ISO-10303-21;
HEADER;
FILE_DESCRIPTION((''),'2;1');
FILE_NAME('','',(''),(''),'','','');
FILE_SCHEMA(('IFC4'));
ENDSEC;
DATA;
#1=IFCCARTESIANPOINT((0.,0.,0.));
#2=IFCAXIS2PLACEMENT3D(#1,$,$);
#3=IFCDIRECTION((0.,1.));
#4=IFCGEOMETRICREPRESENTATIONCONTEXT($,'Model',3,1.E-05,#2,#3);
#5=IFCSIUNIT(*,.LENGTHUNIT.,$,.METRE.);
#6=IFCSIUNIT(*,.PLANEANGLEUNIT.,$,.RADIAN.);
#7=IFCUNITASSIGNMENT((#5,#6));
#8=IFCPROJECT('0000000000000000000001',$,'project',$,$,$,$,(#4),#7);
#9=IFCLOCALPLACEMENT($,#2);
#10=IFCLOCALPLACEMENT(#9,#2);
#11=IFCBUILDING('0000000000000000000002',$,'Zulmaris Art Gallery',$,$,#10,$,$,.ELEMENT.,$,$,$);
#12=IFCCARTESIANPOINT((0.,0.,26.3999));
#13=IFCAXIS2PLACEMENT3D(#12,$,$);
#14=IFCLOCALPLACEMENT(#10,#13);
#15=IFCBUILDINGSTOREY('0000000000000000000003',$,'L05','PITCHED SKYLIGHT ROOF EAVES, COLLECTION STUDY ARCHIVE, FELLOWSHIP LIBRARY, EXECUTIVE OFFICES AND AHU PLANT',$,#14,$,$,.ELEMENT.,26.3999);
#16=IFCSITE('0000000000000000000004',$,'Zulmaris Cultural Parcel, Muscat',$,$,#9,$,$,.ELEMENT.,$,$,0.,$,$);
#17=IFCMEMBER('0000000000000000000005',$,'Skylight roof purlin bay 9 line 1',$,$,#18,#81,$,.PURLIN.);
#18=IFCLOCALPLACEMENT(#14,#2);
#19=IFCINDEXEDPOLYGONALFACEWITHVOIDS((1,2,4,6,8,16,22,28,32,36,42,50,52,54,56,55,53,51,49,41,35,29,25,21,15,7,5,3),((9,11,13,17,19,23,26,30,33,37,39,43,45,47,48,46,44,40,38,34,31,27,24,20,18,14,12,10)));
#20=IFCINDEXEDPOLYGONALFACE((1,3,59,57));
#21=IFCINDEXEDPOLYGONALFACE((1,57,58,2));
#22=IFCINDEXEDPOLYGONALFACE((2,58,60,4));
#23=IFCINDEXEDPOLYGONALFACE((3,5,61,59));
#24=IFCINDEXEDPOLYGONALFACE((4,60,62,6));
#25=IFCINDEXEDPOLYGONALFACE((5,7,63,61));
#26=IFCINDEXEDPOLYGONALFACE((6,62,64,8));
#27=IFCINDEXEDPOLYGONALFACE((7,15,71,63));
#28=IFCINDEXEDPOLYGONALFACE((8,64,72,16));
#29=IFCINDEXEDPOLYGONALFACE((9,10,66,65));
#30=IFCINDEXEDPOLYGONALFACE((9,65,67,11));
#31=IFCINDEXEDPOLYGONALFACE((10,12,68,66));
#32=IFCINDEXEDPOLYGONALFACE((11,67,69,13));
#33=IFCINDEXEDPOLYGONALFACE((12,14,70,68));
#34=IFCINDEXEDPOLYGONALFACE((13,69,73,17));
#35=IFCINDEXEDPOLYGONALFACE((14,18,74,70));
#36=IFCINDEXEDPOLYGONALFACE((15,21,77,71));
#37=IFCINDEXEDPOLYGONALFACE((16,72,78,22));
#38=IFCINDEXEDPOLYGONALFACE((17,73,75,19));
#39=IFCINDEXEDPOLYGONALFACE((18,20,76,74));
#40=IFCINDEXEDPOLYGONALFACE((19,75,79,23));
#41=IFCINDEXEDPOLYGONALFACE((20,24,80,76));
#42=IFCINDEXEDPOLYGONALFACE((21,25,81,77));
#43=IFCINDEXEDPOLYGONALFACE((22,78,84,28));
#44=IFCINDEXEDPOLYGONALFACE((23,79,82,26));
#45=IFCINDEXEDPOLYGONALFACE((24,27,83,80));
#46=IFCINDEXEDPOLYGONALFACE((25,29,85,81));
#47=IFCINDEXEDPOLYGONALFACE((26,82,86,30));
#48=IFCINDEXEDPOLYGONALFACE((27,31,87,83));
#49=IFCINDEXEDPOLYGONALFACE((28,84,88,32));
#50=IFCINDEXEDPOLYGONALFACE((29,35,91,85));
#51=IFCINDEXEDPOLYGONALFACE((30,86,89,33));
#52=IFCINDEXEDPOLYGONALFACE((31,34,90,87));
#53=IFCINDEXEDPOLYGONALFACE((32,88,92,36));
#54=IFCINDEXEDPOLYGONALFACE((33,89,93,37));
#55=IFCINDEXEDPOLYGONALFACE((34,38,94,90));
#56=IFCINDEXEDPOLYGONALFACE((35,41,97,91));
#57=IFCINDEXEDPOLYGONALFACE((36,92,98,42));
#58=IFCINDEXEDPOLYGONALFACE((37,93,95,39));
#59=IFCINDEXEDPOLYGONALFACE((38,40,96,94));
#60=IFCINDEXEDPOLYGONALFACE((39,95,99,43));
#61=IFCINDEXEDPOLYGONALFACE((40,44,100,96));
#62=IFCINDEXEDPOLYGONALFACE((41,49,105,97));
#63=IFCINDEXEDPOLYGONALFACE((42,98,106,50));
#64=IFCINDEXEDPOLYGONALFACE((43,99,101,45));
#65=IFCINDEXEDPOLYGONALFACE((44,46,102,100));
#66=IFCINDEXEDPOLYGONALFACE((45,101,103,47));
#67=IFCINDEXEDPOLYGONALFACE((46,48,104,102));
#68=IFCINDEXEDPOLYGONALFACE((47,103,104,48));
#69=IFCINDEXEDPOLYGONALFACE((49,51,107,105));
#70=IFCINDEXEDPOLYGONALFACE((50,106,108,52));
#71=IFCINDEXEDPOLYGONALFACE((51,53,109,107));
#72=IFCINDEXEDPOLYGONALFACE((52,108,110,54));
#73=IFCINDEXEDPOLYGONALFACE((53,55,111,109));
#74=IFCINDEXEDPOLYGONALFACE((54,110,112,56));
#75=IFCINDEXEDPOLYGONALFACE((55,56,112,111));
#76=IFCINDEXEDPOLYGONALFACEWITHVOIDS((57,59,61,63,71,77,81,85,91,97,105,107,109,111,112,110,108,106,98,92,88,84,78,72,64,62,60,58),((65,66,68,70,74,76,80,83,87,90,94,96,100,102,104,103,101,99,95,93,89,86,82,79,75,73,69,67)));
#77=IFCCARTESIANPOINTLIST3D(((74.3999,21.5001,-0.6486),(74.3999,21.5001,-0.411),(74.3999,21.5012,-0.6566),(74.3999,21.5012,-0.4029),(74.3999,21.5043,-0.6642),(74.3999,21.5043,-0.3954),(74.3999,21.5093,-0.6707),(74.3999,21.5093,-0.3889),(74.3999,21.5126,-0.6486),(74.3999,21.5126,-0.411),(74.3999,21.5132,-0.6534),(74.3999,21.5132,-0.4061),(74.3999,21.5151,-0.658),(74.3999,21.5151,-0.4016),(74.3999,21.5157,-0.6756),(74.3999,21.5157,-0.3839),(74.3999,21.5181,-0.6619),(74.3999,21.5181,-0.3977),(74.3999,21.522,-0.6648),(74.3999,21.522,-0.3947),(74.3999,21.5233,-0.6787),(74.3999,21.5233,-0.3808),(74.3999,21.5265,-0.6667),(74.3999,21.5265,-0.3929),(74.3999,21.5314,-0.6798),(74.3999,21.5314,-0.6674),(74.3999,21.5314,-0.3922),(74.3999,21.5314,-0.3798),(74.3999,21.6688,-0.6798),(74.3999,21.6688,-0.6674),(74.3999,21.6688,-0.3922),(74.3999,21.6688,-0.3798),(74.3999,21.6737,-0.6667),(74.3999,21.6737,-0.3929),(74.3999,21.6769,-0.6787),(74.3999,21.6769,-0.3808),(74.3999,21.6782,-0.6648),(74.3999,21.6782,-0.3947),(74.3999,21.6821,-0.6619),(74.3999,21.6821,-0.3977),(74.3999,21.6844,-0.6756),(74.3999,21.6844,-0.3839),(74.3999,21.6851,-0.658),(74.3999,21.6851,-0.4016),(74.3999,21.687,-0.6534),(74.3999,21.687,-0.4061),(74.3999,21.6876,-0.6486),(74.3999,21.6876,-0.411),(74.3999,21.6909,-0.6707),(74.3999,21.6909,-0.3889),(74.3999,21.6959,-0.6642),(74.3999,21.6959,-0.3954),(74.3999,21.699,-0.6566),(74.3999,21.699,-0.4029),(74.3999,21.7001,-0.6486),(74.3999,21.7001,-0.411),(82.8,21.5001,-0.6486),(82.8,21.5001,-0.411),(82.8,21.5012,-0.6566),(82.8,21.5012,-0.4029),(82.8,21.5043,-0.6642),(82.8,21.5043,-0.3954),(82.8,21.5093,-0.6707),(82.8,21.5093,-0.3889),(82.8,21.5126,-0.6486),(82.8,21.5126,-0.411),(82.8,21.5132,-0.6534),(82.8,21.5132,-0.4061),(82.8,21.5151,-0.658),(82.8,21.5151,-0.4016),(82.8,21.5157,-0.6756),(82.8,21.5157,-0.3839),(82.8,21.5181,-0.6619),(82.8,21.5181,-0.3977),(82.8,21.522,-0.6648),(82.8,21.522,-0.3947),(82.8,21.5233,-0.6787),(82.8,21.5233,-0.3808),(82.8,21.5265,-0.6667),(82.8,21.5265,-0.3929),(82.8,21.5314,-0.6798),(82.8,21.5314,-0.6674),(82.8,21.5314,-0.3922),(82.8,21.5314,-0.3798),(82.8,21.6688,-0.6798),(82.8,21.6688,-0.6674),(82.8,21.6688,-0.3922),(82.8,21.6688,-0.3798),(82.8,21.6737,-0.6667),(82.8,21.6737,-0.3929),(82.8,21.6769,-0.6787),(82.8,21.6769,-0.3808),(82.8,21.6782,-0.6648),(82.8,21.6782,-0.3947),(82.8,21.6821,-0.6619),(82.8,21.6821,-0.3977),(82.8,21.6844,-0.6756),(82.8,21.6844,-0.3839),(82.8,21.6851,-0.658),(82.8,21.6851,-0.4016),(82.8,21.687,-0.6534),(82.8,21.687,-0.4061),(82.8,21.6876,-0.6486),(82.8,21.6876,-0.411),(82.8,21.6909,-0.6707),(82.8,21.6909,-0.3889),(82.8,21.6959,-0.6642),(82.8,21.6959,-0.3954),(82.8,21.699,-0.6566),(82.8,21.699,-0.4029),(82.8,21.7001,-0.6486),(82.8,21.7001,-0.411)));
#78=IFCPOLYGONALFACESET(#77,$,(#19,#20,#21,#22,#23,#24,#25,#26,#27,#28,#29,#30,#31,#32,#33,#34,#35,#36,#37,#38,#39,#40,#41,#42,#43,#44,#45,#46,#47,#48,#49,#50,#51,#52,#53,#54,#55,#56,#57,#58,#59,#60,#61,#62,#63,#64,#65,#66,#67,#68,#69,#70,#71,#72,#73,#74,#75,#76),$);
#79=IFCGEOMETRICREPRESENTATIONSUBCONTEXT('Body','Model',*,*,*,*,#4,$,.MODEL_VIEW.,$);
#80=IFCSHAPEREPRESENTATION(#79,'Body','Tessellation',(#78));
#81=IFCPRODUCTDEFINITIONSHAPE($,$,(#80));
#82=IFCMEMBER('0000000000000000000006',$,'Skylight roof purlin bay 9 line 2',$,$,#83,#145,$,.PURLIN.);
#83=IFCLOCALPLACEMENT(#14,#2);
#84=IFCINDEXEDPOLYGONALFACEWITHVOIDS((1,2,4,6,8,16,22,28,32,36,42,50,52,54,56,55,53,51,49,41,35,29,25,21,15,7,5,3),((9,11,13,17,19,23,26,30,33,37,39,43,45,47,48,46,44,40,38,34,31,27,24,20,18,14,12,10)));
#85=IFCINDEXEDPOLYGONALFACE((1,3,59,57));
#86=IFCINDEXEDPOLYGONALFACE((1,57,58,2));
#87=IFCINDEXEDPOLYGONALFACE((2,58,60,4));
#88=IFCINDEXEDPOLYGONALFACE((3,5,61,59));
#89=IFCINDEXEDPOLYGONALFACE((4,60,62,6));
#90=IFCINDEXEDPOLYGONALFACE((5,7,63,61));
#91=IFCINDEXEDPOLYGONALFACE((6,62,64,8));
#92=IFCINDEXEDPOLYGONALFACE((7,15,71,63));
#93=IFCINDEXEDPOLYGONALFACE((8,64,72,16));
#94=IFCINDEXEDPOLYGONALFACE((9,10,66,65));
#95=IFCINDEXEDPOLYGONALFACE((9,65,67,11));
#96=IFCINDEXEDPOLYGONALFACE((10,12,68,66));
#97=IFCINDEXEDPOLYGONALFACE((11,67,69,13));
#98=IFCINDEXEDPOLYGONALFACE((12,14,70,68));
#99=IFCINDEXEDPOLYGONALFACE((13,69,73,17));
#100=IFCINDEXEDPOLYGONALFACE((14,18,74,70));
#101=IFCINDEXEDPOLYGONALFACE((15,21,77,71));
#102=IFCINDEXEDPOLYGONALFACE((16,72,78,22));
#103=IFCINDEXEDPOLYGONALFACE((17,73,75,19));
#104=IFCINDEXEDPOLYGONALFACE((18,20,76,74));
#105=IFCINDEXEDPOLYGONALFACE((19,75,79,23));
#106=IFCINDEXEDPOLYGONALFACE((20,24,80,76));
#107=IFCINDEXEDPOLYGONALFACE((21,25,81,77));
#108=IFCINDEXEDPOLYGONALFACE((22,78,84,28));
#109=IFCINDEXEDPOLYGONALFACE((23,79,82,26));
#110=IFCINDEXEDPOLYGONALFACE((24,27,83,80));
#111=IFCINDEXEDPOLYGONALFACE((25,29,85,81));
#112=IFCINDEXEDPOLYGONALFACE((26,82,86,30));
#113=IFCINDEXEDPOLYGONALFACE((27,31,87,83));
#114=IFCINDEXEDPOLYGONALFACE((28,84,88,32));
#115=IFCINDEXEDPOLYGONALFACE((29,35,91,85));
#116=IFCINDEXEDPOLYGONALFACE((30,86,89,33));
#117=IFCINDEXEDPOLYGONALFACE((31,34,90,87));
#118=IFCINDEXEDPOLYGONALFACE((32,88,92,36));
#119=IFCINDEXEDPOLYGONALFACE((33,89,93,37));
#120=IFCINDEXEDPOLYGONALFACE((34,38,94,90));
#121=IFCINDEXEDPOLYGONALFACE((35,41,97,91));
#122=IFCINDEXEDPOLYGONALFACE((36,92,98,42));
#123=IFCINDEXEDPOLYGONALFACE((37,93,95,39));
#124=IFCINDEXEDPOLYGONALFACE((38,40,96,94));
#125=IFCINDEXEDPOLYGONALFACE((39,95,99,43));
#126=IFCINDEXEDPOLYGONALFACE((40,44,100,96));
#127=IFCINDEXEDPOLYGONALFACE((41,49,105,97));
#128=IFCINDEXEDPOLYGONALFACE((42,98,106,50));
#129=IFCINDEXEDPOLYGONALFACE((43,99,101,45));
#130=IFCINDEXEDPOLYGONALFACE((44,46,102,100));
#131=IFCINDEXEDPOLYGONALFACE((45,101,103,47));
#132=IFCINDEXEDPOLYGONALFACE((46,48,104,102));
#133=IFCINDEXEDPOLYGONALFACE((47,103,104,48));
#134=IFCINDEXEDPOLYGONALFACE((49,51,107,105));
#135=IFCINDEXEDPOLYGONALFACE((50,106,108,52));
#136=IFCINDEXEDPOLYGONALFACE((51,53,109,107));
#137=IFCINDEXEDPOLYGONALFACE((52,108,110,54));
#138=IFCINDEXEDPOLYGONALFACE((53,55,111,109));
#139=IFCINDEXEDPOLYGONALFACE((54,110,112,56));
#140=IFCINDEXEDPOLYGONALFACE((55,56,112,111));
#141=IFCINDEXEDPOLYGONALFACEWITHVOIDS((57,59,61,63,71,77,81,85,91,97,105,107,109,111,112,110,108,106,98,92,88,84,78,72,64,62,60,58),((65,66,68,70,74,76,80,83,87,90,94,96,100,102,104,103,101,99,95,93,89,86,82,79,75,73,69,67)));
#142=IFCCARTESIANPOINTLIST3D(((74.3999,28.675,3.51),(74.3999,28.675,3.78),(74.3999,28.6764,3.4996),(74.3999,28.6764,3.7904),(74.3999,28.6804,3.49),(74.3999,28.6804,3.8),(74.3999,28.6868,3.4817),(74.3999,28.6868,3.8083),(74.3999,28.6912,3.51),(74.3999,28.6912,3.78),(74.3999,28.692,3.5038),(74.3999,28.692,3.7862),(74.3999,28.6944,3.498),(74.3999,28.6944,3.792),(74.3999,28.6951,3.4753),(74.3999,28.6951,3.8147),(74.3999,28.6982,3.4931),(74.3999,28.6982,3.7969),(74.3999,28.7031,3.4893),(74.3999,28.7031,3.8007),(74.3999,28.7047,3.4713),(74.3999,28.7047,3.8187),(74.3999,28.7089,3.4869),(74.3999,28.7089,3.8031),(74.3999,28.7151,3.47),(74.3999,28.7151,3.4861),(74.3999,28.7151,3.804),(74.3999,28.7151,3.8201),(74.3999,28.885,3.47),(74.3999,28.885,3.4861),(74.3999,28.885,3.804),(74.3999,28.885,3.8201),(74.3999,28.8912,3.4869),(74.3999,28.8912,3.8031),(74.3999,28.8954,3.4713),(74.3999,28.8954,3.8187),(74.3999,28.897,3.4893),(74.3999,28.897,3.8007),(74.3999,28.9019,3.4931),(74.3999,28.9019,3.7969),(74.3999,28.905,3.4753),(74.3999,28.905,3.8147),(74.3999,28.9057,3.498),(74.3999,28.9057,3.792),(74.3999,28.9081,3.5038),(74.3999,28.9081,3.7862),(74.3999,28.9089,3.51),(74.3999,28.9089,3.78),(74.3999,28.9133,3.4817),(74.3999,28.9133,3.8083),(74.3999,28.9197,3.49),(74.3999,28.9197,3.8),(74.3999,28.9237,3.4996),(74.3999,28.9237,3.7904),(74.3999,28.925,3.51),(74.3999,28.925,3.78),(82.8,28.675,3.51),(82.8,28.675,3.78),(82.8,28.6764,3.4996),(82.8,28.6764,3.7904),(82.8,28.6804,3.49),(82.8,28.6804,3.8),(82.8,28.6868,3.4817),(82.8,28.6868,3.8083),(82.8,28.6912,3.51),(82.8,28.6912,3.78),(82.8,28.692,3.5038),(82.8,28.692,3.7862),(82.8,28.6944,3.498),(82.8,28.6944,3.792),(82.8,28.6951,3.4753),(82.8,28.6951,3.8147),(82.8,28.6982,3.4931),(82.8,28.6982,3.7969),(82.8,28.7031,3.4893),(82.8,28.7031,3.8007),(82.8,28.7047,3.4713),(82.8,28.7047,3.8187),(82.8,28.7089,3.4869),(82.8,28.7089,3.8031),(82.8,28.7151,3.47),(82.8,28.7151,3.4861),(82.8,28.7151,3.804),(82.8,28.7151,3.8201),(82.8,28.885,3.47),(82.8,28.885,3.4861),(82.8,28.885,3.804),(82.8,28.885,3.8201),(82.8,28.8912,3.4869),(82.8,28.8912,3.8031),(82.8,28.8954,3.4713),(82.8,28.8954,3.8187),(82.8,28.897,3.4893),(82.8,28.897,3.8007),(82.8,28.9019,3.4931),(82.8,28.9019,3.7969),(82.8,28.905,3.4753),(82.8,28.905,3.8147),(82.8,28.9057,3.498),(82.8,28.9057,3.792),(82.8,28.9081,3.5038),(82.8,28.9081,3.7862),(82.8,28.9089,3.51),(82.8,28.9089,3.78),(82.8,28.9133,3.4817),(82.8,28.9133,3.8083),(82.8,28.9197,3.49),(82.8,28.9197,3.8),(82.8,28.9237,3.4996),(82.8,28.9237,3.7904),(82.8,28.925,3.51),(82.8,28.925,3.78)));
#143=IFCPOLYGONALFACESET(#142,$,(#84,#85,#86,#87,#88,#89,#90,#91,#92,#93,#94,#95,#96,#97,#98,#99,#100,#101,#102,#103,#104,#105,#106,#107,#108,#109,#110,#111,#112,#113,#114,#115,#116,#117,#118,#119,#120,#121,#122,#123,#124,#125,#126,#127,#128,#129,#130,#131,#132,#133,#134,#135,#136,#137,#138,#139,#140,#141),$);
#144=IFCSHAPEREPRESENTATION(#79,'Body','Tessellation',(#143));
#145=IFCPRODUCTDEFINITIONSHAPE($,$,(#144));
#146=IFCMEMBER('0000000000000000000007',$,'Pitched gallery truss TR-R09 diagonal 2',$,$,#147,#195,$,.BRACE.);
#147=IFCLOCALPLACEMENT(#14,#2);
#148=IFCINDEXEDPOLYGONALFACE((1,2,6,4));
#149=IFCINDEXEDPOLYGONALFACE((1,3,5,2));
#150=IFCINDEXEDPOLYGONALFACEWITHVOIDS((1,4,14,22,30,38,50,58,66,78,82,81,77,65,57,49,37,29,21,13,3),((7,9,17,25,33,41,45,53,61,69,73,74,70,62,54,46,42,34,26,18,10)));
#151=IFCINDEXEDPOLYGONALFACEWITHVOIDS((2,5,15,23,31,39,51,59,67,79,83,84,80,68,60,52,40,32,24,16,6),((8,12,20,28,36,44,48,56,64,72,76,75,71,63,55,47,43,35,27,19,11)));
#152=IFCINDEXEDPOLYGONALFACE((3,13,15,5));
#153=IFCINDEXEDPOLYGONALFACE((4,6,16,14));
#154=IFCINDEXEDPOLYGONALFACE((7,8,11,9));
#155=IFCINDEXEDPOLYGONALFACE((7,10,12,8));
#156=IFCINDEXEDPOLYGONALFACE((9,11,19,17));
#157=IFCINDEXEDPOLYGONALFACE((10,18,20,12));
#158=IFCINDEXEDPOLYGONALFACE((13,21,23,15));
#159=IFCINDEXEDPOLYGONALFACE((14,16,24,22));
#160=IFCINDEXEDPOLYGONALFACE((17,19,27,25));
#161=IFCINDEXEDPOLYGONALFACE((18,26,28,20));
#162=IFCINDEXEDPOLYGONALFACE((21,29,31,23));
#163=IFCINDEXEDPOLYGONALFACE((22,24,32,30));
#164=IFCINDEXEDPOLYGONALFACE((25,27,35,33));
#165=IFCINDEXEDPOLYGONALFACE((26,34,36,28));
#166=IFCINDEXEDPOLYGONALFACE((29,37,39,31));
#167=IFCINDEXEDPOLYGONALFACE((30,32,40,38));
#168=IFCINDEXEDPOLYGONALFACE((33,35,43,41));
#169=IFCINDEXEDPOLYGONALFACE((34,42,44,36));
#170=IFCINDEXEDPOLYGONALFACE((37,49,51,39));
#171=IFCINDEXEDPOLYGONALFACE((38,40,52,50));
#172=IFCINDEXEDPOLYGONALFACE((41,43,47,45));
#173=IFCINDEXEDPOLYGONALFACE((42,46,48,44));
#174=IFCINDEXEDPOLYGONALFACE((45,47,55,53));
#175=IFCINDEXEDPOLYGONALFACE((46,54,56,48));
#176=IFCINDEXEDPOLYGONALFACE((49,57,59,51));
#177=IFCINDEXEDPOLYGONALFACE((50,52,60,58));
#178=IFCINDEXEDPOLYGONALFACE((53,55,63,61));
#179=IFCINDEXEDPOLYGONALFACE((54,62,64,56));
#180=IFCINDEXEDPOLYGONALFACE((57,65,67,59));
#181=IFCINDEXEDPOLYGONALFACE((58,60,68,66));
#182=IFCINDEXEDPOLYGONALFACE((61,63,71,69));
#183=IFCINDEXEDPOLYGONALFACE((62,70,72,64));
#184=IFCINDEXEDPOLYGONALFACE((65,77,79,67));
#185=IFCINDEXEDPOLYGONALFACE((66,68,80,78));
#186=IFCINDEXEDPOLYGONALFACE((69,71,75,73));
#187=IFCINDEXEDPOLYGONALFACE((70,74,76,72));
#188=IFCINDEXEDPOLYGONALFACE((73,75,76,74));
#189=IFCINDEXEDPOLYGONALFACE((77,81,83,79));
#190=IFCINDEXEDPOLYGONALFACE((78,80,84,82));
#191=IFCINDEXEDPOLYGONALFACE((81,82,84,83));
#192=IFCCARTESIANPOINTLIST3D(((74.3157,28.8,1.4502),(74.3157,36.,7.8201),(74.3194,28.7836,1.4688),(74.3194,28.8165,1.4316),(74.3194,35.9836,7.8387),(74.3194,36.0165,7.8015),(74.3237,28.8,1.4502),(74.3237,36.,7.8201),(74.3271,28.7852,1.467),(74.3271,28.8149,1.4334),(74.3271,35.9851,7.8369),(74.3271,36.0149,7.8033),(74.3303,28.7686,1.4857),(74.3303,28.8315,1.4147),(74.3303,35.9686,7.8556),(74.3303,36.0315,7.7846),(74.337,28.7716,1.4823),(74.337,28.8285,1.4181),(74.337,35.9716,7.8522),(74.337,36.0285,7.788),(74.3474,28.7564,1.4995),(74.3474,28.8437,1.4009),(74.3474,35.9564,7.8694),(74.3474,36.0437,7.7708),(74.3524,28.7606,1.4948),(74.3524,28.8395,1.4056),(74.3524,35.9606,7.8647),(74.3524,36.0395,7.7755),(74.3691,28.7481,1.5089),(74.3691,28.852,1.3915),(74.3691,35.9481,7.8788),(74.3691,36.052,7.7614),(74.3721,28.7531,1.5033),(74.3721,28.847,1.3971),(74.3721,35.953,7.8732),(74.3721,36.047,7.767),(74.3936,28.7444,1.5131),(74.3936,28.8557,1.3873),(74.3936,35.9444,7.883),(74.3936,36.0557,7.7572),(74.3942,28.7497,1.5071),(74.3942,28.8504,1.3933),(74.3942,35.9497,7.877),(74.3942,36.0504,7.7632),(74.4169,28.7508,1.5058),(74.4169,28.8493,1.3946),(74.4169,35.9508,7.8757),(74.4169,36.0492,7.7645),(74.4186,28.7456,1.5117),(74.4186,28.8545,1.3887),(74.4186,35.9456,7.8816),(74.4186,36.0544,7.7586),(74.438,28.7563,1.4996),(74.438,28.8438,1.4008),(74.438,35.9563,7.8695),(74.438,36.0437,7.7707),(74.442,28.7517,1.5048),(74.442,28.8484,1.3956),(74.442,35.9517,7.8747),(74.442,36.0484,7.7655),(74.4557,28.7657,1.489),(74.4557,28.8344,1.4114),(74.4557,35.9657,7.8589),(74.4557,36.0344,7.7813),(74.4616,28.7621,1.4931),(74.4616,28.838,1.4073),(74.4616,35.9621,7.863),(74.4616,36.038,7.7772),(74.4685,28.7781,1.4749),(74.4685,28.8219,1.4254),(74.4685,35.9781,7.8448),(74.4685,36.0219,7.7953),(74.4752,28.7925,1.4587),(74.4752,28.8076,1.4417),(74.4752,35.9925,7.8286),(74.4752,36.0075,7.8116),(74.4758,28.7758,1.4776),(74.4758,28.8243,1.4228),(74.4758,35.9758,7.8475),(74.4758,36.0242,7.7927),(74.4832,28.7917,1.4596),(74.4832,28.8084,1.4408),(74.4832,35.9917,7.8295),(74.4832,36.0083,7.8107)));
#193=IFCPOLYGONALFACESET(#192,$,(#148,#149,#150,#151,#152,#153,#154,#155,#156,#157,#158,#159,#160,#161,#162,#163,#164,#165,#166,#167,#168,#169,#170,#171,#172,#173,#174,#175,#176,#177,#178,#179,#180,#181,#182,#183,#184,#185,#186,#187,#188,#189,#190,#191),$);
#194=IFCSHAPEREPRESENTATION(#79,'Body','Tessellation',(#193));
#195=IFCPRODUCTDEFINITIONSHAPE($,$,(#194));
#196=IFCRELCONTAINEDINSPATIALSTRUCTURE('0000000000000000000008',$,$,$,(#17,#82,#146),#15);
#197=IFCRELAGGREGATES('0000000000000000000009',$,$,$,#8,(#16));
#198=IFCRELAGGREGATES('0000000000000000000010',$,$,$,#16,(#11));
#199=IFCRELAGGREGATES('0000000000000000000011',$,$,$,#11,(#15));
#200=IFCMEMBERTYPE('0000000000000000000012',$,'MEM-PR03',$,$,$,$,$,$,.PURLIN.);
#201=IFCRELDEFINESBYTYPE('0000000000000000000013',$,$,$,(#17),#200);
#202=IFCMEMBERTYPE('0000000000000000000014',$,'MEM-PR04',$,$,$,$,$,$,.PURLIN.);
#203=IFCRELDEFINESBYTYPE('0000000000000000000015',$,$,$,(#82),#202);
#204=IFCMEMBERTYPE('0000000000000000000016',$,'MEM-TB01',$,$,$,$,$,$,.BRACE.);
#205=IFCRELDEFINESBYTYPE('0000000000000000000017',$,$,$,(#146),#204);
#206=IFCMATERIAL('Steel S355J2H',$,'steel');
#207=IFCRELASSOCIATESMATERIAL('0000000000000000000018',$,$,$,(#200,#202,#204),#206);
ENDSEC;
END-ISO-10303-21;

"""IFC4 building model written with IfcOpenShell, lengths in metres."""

from ifc_helpers import new_model, si_unit, direction, frame, origin, origin_2d, place, context, subcontext, project, spatial, hollow_rectangle, hollow_circle, extrude, material, material_profile, profile_set, type_object, element, save


model = new_model("IFC4")

# Units and contexts
model_context = context("Model", 3, precision=1e-05, world=origin(), true_north=direction((0.0, 1.0)))
body_context = subcontext(model_context, "Body", "Model", "MODEL_VIEW")
ifc_project = project(units=[si_unit("LENGTHUNIT", "METRE"), si_unit("PLANEANGLEUNIT", "RADIAN")], contexts=[model_context])

# Site, building, storey
site_placement = place(None, origin())
site = spatial("IfcSite", under=ifc_project, at=site_placement, Name="Zulmaris Cultural Parcel, Muscat", CompositionType="ELEMENT", RefElevation=0.0)
building_placement = place(site_placement, origin())
building = spatial("IfcBuilding", under=site, at=building_placement, Name="Zulmaris Art Gallery", CompositionType="ELEMENT")
storey_placement = place(building_placement, frame((0.0, 0.0, 26.3999)))
storey = spatial("IfcBuildingStorey", under=building, at=storey_placement, Name="L05", Description="PITCHED SKYLIGHT ROOF EAVES, COLLECTION STUDY ARCHIVE, FELLOWSHIP LIBRARY, EXECUTIVE OFFICES AND AHU PLANT", CompositionType="ELEMENT", Elevation=26.3999)

# Members
ifc_material_1 = material(Name="Steel S355J2H", Category="steel")
ifc_material_profile_1 = material_profile(ifc_material_1, hollow_rectangle(XDim=0.2, YDim=0.3, WallThickness=0.0125, InnerFilletRadius=0.0188, OuterFilletRadius=0.0312, at=origin_2d()), Name="RHS 300x200x12.5")
ifc_profile_set_1 = profile_set([ifc_material_profile_1], Name="Steel S355J2H")
member_type_1 = type_object("IfcMemberType", Name="MEM-PR03", PredefinedType="PURLIN", material=ifc_profile_set_1)
member_1_placement = place(storey_placement, frame((74.3999, 21.6001, -0.5298), z_axis=(1.0, 0.0, 0.0), x_axis=(0.0, 1.0, 0.0)))
element("IfcMember", 1, at=member_1_placement, inside=storey, type_object=member_type_1, Name="Skylight roof purlin bay 9 line 1", PredefinedType="PURLIN", context=body_context, shape_type="SweptSolid", body=[
    extrude(hollow_rectangle(XDim=0.2, YDim=0.3, WallThickness=0.0125, InnerFilletRadius=0.0188, OuterFilletRadius=0.0312, at=origin_2d()), origin(), (0.0, 0.0, 1.0), 8.4001),
])
ifc_material_profile_2 = material_profile(ifc_material_1, hollow_rectangle(XDim=0.25, YDim=0.3501, WallThickness=0.0161, InnerFilletRadius=0.0239, OuterFilletRadius=0.04, at=origin_2d()), Name="RHS 350x250x16")
ifc_profile_set_2 = profile_set([ifc_material_profile_2], Name="Steel S355J2H")
member_type_2 = type_object("IfcMemberType", Name="MEM-PR04", PredefinedType="PURLIN", material=ifc_profile_set_2)
member_2_placement = place(storey_placement, frame((74.3999, 28.8, 3.645), z_axis=(1.0, 0.0, 0.0), x_axis=(0.0, 1.0, 0.0)))
element("IfcMember", 2, at=member_2_placement, inside=storey, type_object=member_type_2, Name="Skylight roof purlin bay 9 line 2", PredefinedType="PURLIN", context=body_context, shape_type="SweptSolid", body=[
    extrude(hollow_rectangle(XDim=0.25, YDim=0.3501, WallThickness=0.0161, InnerFilletRadius=0.0239, OuterFilletRadius=0.04, at=origin_2d()), origin(), (0.0, 0.0, 1.0), 8.4001),
])
ifc_material_profile_3 = material_profile(ifc_material_1, hollow_circle(Radius=0.0842, WallThickness=0.0081, at=origin_2d()), Name="CHS 168.3x8")
ifc_profile_set_3 = profile_set([ifc_material_profile_3], Name="Steel S355J2H")
member_type_3 = type_object("IfcMemberType", Name="MEM-TB01", PredefinedType="BRACE", material=ifc_profile_set_3)
member_3_placement = place(storey_placement, frame((74.3999, 28.8, 1.4502), z_axis=(0.0, 0.748961, 0.662614), x_axis=(-1.0, 0.0, 0.0)))
element("IfcMember", 3, at=member_3_placement, inside=storey, type_object=member_type_3, Name="Pitched gallery truss TR-R09 diagonal 2", PredefinedType="BRACE", context=body_context, shape_type="SweptSolid", body=[
    extrude(hollow_circle(Radius=0.0842, WallThickness=0.0081, at=origin_2d()), origin(), (0.0, 0.0, 1.0), 9.6133),
])

save(model, "model.ifc")
